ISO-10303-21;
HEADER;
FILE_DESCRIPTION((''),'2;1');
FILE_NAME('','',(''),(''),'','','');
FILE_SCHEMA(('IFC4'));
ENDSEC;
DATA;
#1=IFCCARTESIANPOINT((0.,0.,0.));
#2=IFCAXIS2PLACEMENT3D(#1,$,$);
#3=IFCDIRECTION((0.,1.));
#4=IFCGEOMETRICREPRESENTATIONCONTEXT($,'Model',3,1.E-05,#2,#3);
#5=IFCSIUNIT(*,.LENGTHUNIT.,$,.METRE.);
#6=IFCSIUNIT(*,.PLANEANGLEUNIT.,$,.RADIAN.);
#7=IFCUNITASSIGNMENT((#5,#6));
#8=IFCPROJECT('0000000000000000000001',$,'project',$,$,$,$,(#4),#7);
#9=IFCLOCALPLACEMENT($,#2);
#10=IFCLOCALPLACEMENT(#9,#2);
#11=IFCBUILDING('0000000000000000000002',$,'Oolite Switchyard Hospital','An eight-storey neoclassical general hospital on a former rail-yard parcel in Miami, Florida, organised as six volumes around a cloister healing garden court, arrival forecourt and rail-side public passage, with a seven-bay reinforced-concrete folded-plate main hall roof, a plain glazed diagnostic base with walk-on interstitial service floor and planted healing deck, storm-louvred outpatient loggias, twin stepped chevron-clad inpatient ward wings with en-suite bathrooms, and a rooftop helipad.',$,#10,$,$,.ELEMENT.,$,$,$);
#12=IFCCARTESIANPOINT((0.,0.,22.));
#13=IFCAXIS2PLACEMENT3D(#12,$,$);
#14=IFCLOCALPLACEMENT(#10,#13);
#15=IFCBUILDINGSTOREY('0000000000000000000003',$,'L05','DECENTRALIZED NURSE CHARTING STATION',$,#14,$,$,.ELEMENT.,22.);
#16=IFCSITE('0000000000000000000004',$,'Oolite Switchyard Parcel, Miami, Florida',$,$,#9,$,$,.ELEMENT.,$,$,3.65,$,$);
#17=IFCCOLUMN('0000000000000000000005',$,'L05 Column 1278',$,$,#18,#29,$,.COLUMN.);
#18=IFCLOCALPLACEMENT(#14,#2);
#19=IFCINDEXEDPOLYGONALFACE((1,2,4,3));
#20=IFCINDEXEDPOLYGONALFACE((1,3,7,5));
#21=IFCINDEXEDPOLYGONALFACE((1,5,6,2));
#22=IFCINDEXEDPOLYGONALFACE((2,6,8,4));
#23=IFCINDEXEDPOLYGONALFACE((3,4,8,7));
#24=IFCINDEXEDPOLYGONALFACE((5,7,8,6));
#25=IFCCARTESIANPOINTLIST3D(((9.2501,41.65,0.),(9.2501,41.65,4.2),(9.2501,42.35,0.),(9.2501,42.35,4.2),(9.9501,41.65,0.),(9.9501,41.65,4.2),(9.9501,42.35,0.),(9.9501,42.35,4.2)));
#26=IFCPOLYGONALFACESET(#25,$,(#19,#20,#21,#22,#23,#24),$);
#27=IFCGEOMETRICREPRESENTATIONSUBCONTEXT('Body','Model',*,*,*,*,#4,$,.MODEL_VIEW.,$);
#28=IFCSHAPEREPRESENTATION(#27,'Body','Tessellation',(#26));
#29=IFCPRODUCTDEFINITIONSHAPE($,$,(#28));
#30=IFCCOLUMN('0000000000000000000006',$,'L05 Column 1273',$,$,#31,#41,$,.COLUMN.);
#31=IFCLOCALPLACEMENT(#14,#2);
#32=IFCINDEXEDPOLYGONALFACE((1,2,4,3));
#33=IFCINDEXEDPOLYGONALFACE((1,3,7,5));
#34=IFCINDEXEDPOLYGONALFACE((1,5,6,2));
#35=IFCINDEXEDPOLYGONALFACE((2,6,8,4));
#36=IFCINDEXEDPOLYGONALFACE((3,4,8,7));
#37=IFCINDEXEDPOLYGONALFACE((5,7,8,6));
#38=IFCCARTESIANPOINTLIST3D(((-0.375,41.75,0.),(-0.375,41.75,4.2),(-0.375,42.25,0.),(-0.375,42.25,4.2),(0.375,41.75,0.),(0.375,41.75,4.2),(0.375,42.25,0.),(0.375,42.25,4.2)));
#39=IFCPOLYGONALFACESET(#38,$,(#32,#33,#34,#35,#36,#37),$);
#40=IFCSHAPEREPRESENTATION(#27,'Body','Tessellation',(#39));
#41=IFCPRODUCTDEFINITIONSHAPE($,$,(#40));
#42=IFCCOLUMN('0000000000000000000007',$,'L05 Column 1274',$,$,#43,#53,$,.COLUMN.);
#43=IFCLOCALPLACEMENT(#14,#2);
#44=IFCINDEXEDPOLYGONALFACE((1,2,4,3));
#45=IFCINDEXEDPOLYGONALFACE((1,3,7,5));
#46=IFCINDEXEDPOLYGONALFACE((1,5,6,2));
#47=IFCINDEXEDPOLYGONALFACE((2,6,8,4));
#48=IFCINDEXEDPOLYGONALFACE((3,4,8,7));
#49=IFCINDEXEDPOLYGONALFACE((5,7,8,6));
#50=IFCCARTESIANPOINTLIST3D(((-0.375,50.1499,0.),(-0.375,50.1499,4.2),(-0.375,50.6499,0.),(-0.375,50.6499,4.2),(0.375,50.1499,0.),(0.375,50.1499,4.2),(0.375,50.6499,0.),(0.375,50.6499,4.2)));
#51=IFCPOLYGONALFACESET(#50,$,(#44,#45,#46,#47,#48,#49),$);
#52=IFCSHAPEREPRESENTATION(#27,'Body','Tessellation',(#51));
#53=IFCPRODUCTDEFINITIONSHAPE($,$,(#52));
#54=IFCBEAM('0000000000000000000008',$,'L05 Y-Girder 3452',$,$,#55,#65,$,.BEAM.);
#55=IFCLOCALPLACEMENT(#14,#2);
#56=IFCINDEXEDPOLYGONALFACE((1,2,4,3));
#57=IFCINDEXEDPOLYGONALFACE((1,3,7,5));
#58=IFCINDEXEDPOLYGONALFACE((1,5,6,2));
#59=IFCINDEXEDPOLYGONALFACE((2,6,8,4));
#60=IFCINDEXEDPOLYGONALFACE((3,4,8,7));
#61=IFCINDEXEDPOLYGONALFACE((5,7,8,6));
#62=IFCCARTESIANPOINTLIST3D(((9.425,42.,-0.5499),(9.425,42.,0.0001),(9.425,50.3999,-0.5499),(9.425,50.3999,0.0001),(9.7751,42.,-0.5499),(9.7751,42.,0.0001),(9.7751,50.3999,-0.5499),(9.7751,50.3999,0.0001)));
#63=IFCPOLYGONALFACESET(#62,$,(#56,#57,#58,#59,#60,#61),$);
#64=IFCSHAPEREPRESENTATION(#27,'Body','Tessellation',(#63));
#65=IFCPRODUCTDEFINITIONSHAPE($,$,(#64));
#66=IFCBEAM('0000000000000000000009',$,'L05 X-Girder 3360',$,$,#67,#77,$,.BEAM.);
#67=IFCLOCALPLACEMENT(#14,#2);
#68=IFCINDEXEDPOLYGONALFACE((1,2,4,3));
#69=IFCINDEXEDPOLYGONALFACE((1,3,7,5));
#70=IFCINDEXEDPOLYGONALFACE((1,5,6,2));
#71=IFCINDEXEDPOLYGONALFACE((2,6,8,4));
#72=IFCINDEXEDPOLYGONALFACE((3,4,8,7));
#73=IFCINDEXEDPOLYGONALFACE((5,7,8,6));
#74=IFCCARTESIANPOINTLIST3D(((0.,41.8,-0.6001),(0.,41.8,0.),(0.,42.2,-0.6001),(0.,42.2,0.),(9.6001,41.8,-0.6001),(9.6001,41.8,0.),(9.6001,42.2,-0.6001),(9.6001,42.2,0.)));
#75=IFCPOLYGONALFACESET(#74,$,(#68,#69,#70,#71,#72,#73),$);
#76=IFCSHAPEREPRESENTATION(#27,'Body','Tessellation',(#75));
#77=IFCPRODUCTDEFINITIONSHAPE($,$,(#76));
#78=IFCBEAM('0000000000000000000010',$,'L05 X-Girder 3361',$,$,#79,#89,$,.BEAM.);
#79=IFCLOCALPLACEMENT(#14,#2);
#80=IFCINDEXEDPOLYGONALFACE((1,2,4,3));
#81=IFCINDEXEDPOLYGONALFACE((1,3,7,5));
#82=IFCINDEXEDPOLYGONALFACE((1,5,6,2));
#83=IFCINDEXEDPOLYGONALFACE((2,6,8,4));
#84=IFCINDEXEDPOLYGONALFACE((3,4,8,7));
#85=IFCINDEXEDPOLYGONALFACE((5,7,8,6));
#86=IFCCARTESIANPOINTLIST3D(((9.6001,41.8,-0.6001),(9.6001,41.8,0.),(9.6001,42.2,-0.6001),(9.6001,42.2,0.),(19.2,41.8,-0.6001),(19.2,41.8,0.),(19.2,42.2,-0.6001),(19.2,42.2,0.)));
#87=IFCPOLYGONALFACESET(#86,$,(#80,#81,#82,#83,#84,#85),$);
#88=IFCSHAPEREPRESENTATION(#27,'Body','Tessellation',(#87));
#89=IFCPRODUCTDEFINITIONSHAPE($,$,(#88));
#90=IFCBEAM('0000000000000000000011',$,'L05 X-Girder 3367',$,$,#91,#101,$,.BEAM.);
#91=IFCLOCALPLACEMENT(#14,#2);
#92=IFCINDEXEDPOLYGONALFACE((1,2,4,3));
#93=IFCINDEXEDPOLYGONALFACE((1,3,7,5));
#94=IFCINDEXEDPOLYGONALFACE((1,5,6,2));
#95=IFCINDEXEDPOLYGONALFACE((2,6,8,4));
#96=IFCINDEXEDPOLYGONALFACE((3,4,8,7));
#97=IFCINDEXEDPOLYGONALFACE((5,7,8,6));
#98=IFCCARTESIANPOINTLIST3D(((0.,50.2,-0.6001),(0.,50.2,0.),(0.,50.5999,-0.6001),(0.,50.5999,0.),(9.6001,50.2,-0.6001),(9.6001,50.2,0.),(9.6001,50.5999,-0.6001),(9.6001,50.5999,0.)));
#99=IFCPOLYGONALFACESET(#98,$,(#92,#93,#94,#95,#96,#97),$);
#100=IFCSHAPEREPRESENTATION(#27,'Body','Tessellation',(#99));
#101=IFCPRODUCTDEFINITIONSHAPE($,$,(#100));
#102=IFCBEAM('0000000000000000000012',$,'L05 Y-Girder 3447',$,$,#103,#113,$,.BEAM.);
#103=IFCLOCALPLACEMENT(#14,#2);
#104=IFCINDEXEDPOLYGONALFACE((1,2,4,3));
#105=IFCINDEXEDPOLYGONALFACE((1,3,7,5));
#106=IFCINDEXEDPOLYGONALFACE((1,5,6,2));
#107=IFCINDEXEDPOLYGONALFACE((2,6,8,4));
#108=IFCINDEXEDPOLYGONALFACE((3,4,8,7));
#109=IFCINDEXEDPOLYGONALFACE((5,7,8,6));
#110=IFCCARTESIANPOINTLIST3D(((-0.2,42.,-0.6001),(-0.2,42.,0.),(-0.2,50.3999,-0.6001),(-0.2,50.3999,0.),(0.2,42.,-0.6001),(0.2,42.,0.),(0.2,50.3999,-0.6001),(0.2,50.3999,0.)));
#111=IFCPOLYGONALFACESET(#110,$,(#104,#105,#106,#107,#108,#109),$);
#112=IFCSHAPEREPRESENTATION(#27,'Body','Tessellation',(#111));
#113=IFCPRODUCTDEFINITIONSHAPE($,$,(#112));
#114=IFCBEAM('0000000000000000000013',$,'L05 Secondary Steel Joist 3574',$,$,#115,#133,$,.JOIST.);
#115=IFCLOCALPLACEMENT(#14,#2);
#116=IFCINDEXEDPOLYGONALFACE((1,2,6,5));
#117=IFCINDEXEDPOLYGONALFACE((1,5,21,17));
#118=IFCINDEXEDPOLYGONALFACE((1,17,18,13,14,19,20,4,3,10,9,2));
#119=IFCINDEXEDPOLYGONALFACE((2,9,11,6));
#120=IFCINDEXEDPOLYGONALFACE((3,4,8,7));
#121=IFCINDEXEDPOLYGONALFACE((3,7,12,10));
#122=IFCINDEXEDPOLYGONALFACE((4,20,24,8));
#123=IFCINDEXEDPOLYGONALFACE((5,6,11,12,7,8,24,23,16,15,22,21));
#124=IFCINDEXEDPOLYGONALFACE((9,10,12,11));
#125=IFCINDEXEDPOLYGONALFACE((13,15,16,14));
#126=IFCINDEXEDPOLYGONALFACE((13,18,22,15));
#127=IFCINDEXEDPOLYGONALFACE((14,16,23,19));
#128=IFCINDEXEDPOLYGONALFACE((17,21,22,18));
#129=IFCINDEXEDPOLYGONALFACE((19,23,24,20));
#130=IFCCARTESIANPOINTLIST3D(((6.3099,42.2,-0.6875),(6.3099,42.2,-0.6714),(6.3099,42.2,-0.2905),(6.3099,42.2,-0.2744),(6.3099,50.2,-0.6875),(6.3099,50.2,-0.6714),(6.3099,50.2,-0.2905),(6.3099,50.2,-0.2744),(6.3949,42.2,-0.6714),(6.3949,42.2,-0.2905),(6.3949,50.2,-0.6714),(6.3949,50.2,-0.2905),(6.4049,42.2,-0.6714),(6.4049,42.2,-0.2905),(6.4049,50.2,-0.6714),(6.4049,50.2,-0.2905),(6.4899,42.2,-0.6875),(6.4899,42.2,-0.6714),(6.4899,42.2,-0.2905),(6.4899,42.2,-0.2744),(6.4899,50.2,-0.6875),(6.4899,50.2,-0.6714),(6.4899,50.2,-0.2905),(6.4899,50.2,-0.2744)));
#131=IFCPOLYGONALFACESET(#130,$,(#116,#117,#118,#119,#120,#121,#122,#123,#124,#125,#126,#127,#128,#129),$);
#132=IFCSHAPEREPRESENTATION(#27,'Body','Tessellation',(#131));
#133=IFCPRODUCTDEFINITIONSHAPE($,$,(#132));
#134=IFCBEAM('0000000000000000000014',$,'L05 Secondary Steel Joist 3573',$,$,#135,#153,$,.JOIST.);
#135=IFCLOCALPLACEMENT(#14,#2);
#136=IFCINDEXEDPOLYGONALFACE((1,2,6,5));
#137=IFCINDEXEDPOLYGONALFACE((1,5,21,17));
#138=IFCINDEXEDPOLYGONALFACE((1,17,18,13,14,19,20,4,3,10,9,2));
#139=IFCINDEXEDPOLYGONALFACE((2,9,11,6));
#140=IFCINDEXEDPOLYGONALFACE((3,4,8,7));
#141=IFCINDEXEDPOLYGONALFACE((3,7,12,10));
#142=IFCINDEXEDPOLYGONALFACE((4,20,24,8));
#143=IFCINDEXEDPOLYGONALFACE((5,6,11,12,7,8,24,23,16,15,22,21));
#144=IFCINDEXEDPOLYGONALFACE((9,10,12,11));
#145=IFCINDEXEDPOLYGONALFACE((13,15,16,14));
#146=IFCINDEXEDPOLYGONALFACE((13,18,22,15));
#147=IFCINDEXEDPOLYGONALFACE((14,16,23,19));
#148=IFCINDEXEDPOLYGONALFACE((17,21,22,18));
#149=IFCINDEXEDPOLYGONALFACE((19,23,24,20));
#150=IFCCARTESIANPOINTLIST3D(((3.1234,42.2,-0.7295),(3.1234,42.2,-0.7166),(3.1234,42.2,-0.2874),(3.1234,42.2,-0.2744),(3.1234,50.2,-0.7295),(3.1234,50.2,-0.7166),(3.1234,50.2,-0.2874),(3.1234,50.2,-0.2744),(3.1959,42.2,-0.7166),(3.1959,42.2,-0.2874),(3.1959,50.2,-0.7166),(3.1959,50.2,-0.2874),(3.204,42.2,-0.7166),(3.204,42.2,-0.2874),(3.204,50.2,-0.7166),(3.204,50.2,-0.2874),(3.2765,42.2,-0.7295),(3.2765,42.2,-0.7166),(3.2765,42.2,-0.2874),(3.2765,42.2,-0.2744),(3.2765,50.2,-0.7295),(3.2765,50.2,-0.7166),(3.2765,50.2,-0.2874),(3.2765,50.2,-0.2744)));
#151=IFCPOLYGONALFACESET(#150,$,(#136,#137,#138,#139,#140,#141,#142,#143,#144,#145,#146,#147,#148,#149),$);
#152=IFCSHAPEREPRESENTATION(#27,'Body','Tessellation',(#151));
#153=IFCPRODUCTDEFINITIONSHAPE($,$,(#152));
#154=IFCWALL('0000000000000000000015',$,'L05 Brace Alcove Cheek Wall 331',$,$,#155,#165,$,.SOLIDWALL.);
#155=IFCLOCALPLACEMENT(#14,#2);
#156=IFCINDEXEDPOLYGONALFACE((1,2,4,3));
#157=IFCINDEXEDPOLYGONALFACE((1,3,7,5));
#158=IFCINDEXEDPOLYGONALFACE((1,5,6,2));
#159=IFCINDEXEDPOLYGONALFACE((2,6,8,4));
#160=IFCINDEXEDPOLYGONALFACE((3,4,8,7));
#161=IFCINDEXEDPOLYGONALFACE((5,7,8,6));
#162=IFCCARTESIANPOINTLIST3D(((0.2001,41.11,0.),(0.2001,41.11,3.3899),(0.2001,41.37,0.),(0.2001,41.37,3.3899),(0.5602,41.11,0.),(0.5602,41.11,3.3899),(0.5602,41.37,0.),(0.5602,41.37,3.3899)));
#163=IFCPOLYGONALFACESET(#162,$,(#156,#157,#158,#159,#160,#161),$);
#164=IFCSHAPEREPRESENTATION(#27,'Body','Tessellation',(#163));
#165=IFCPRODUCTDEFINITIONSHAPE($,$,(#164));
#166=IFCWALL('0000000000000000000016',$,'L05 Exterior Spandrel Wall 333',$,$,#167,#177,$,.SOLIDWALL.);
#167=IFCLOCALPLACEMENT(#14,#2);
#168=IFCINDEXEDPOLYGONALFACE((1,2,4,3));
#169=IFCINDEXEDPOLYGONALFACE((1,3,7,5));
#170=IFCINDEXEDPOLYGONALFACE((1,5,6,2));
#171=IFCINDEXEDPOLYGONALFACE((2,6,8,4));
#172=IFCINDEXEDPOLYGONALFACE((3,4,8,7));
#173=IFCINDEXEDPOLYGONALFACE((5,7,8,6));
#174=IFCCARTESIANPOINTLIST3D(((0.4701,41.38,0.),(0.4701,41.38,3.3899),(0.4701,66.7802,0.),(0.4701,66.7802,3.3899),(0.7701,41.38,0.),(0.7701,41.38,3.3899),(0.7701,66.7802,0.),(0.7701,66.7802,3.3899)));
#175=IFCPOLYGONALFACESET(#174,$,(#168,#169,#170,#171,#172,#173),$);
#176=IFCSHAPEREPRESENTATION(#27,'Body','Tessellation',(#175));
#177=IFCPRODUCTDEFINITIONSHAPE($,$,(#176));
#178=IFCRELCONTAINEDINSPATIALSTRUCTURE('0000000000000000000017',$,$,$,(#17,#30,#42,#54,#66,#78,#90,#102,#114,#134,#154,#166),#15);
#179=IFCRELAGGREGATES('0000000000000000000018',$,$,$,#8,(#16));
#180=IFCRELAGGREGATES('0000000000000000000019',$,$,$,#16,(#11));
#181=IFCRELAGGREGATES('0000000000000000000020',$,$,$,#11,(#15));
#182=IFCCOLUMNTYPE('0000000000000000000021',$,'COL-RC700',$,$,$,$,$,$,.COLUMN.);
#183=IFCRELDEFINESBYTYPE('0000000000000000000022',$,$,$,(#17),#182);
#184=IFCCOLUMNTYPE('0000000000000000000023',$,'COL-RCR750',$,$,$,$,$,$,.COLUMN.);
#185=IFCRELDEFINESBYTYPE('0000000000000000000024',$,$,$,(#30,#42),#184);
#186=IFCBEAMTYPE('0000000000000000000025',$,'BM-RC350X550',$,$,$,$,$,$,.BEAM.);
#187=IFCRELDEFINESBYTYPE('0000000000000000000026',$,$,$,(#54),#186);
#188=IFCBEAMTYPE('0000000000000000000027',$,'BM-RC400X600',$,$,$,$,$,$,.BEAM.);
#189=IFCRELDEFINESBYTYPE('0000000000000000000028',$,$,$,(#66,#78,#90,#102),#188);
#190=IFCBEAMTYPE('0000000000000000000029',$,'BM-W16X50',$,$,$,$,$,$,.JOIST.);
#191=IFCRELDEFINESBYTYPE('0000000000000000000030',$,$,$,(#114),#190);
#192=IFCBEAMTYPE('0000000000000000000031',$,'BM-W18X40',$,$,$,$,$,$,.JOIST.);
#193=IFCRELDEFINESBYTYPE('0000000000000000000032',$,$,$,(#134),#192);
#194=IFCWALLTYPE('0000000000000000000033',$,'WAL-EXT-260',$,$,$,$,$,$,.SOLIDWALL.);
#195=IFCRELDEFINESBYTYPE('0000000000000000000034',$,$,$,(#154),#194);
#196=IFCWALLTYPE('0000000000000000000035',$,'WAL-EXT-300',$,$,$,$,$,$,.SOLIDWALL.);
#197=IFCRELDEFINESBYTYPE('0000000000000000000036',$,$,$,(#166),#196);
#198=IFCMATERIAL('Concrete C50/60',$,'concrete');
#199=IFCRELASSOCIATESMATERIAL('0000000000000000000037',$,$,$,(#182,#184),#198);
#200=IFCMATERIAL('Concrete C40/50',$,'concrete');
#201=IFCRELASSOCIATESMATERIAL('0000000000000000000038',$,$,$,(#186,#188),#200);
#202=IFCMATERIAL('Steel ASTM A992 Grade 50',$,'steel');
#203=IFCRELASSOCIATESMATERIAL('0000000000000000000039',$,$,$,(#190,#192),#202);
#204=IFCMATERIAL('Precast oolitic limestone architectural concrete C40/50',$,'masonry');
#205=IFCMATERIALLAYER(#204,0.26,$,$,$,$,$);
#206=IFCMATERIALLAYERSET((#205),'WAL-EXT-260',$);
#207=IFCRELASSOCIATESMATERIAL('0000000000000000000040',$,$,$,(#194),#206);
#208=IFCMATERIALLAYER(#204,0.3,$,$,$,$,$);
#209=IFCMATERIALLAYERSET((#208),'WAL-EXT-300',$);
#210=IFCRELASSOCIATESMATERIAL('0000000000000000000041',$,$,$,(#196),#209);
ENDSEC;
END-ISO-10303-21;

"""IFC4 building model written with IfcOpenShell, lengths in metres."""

from ifc_helpers import new_model, si_unit, direction, frame, frame_2d, origin, origin_2d, place, context, subcontext, project, spatial, rectangle, i_section, extrude, material, layer, layer_set, material_profile, profile_set, type_object, element, save


model = new_model("IFC4")

# Units and contexts
model_context = context("Model", 3, precision=1e-05, world=origin(), true_north=direction((0.0, 1.0)))
body_context = subcontext(model_context, "Body", "Model", "MODEL_VIEW")
ifc_project = project(units=[si_unit("LENGTHUNIT", "METRE"), si_unit("PLANEANGLEUNIT", "RADIAN")], contexts=[model_context])

# Site, building, storey
site_placement = place(None, origin())
site = spatial("IfcSite", under=ifc_project, at=site_placement, Name="Oolite Switchyard Parcel, Miami, Florida", CompositionType="ELEMENT", RefElevation=3.65)
building_placement = place(site_placement, origin())
building = spatial("IfcBuilding", under=site, at=building_placement, Name="Oolite Switchyard Hospital", Description="An eight-storey neoclassical general hospital on a former rail-yard parcel in Miami, Florida, organised as six volumes around a cloister healing garden court, arrival forecourt and rail-side public passage, with a seven-bay reinforced-concrete folded-plate main hall roof, a plain glazed diagnostic base with walk-on interstitial service floor and planted healing deck, storm-louvred outpatient loggias, twin stepped chevron-clad inpatient ward wings with en-suite bathrooms, and a rooftop helipad.", CompositionType="ELEMENT")
storey_placement = place(building_placement, frame((0.0, 0.0, 22.0)))
storey = spatial("IfcBuildingStorey", under=building, at=storey_placement, Name="L05", Description="DECENTRALIZED NURSE CHARTING STATION", CompositionType="ELEMENT", Elevation=22.0)

# Columns
ifc_material_1 = material(Name="Concrete C50/60", Category="concrete")
ifc_material_profile_1 = material_profile(ifc_material_1, rectangle(XDim=0.7, YDim=0.7, at=origin_2d()), Name="RC700X700")
ifc_profile_set_1 = profile_set([ifc_material_profile_1], Name="Concrete C50/60")
column_type_1 = type_object("IfcColumnType", Name="COL-RC700", PredefinedType="COLUMN", material=ifc_profile_set_1)
column_placement = place(storey_placement, frame((9.6001, 42.0, 0.0), z_axis=(0.0, 0.0, 1.0), x_axis=(1.0, 0.0, 0.0)))
element("IfcColumn", 1, at=column_placement, inside=storey, type_object=column_type_1, Name="L05 Column 1278", PredefinedType="COLUMN", context=body_context, shape_type="SweptSolid", body=[
    extrude(rectangle(XDim=0.7, YDim=0.7, at=origin_2d()), origin(), (0.0, 0.0, 1.0), 4.2),
])
ifc_material_profile_2 = material_profile(ifc_material_1, rectangle(XDim=0.75, YDim=0.5, at=origin_2d()), Name="RC750X500")
ifc_profile_set_2 = profile_set([ifc_material_profile_2], Name="Concrete C50/60")
column_type_2 = type_object("IfcColumnType", Name="COL-RCR750", PredefinedType="COLUMN", material=ifc_profile_set_2)
for number, where, z_axis, x_axis, name in (
    (2, (0.0, 42.0, 0.0), (0.0, 0.0, 1.0), (1.0, 0.0, 0.0), "L05 Column 1273"),
    (3, (0.0, 50.3999, 0.0), (0.0, 0.0, 1.0), (1.0, 0.0, 0.0), "L05 Column 1274"),
):
    element("IfcColumn", number, at=place(storey_placement, frame(where, z_axis=z_axis, x_axis=x_axis)), inside=storey, type_object=column_type_2, Name=name, PredefinedType="COLUMN", context=body_context, shape_type="SweptSolid", body=[
        extrude(rectangle(XDim=0.75, YDim=0.5, at=origin_2d()), origin(), (0.0, 0.0, 1.0), 4.2),
    ])

# Beams
ifc_material_2 = material(Name="Concrete C40/50", Category="concrete")
ifc_material_profile_3 = material_profile(ifc_material_2, rectangle(XDim=0.3501, YDim=0.55, at=origin_2d()), Name="RCB350X550")
ifc_profile_set_3 = profile_set([ifc_material_profile_3], Name="Concrete C40/50")
beam_type_1 = type_object("IfcBeamType", Name="BM-RC350X550", PredefinedType="BEAM", material=ifc_profile_set_3)
beam_1_placement = place(storey_placement, frame((9.6001, 42.0, -0.2749), z_axis=(0.0, 1.0, 0.0), x_axis=(-1.0, 0.0, 0.0)))
element("IfcBeam", 4, at=beam_1_placement, inside=storey, type_object=beam_type_1, Name="L05 Y-Girder 3452", PredefinedType="BEAM", context=body_context, shape_type="SweptSolid", body=[
    extrude(rectangle(XDim=0.3501, YDim=0.55, at=origin_2d()), origin(), (0.0, 0.0, 1.0), 8.3999),
])
ifc_material_profile_4 = material_profile(ifc_material_2, rectangle(XDim=0.3999, YDim=0.6001, at=origin_2d()), Name="RCB400X600")
ifc_profile_set_4 = profile_set([ifc_material_profile_4], Name="Concrete C40/50")
beam_type_2 = type_object("IfcBeamType", Name="BM-RC400X600", PredefinedType="BEAM", material=ifc_profile_set_4)
beam_2_placement = place(storey_placement, frame((0.0, 42.0, -0.3), z_axis=(1.0, 0.0, 0.0), x_axis=(0.0, 1.0, 0.0)))
element("IfcBeam", 5, at=beam_2_placement, inside=storey, type_object=beam_type_2, Name="L05 X-Girder 3360", PredefinedType="BEAM", context=body_context, shape_type="SweptSolid", body=[
    extrude(rectangle(XDim=0.3999, YDim=0.6001, at=origin_2d()), origin(), (0.0, 0.0, 1.0), 9.6001),
])
beam_3_placement = place(storey_placement, frame((9.6001, 42.0, -0.3), z_axis=(1.0, 0.0, 0.0), x_axis=(0.0, 1.0, 0.0)))
element("IfcBeam", 6, at=beam_3_placement, inside=storey, type_object=beam_type_2, Name="L05 X-Girder 3361", PredefinedType="BEAM", context=body_context, shape_type="SweptSolid", body=[
    extrude(rectangle(XDim=0.3999, YDim=0.6001, at=origin_2d()), origin(), (0.0, 0.0, 1.0), 9.5999),
])
beam_4_placement = place(storey_placement, frame((0.0, 50.3999, -0.3), z_axis=(1.0, 0.0, 0.0), x_axis=(0.0, 1.0, 0.0)))
element("IfcBeam", 7, at=beam_4_placement, inside=storey, type_object=beam_type_2, Name="L05 X-Girder 3367", PredefinedType="BEAM", context=body_context, shape_type="SweptSolid", body=[
    extrude(rectangle(XDim=0.3999, YDim=0.6001, at=origin_2d()), origin(), (0.0, 0.0, 1.0), 9.6001),
])
beam_5_placement = place(storey_placement, frame((0.0, 42.0, -0.3), z_axis=(0.0, 1.0, 0.0), x_axis=(-1.0, 0.0, 0.0)))
element("IfcBeam", 8, at=beam_5_placement, inside=storey, type_object=beam_type_2, Name="L05 Y-Girder 3447", PredefinedType="BEAM", context=body_context, shape_type="SweptSolid", body=[
    extrude(rectangle(XDim=0.3999, YDim=0.6001, at=origin_2d()), origin(), (0.0, 0.0, 1.0), 8.3999),
])
ifc_material_3 = material(Name="Steel ASTM A992 Grade 50", Category="steel")
ifc_material_profile_5 = material_profile(ifc_material_3, i_section(OverallWidth=0.1799, OverallDepth=0.4131, WebThickness=0.01, FlangeThickness=0.0161, at=origin_2d()), Name="W16X50")
ifc_profile_set_5 = profile_set([ifc_material_profile_5], Name="Steel ASTM A992 Grade 50")
beam_type_3 = type_object("IfcBeamType", Name="BM-W16X50", PredefinedType="JOIST", material=ifc_profile_set_5)
beam_6_placement = place(storey_placement, frame((6.3999, 42.2, -0.481), z_axis=(0.0, 1.0, 0.0), x_axis=(-1.0, 0.0, 0.0)))
element("IfcBeam", 9, at=beam_6_placement, inside=storey, type_object=beam_type_3, Name="L05 Secondary Steel Joist 3574", PredefinedType="JOIST", context=body_context, shape_type="SweptSolid", body=[
    extrude(i_section(OverallWidth=0.1799, OverallDepth=0.4131, WebThickness=0.01, FlangeThickness=0.0161, at=origin_2d()), origin(), (0.0, 0.0, 1.0), 8.0),
])
ifc_material_profile_6 = material_profile(ifc_material_3, i_section(OverallWidth=0.1531, OverallDepth=0.4551, WebThickness=0.0081, FlangeThickness=0.0129, at=origin_2d()), Name="W18X40")
ifc_profile_set_6 = profile_set([ifc_material_profile_6], Name="Steel ASTM A992 Grade 50")
beam_type_4 = type_object("IfcBeamType", Name="BM-W18X40", PredefinedType="JOIST", material=ifc_profile_set_6)
beam_7_placement = place(storey_placement, frame((3.2, 42.2, -0.502), z_axis=(0.0, 1.0, 0.0), x_axis=(-1.0, 0.0, 0.0)))
element("IfcBeam", 10, at=beam_7_placement, inside=storey, type_object=beam_type_4, Name="L05 Secondary Steel Joist 3573", PredefinedType="JOIST", context=body_context, shape_type="SweptSolid", body=[
    extrude(i_section(OverallWidth=0.1531, OverallDepth=0.4551, WebThickness=0.0081, FlangeThickness=0.0129, at=origin_2d()), origin(), (0.0, 0.0, 1.0), 8.0),
])

# Walls
ifc_material_4 = material(Name="Precast oolitic limestone architectural concrete C40/50", Category="masonry")
ifc_layer_1 = layer(ifc_material_4, 0.26)
ifc_layer_set_1 = layer_set([ifc_layer_1], Name="WAL-EXT-260")
wall_type_1 = type_object("IfcWallType", Name="WAL-EXT-260", PredefinedType="SOLIDWALL", material=ifc_layer_set_1)
wall_1_placement = place(storey_placement, frame((0.2, 41.24, 0.0), z_axis=(0.0, 0.0, 1.0), x_axis=(1.0, 0.0, 0.0)))
element("IfcWall", 11, at=wall_1_placement, inside=storey, type_object=wall_type_1, Name="L05 Brace Alcove Cheek Wall 331", PredefinedType="SOLIDWALL", context=body_context, shape_type="SweptSolid", body=[
    extrude(rectangle(XDim=0.3601, YDim=0.26, at=frame_2d((0.1802, 0.0))), origin(), (0.0, 0.0, 1.0), 3.3899),
])
ifc_layer_2 = layer(ifc_material_4, 0.3)
ifc_layer_set_2 = layer_set([ifc_layer_2], Name="WAL-EXT-300")
wall_type_2 = type_object("IfcWallType", Name="WAL-EXT-300", PredefinedType="SOLIDWALL", material=ifc_layer_set_2)
wall_2_placement = place(storey_placement, frame((0.6201, 41.3799, 0.0), z_axis=(0.0, 0.0, 1.0), x_axis=(0.0, 1.0, 0.0)))
element("IfcWall", 12, at=wall_2_placement, inside=storey, type_object=wall_type_2, Name="L05 Exterior Spandrel Wall 333", PredefinedType="SOLIDWALL", context=body_context, shape_type="SweptSolid", body=[
    extrude(rectangle(XDim=25.4001, YDim=0.3, at=frame_2d((12.7002, 0.0))), origin(), (0.0, 0.0, 1.0), 3.3899),
])

save(model, "model.ifc")
